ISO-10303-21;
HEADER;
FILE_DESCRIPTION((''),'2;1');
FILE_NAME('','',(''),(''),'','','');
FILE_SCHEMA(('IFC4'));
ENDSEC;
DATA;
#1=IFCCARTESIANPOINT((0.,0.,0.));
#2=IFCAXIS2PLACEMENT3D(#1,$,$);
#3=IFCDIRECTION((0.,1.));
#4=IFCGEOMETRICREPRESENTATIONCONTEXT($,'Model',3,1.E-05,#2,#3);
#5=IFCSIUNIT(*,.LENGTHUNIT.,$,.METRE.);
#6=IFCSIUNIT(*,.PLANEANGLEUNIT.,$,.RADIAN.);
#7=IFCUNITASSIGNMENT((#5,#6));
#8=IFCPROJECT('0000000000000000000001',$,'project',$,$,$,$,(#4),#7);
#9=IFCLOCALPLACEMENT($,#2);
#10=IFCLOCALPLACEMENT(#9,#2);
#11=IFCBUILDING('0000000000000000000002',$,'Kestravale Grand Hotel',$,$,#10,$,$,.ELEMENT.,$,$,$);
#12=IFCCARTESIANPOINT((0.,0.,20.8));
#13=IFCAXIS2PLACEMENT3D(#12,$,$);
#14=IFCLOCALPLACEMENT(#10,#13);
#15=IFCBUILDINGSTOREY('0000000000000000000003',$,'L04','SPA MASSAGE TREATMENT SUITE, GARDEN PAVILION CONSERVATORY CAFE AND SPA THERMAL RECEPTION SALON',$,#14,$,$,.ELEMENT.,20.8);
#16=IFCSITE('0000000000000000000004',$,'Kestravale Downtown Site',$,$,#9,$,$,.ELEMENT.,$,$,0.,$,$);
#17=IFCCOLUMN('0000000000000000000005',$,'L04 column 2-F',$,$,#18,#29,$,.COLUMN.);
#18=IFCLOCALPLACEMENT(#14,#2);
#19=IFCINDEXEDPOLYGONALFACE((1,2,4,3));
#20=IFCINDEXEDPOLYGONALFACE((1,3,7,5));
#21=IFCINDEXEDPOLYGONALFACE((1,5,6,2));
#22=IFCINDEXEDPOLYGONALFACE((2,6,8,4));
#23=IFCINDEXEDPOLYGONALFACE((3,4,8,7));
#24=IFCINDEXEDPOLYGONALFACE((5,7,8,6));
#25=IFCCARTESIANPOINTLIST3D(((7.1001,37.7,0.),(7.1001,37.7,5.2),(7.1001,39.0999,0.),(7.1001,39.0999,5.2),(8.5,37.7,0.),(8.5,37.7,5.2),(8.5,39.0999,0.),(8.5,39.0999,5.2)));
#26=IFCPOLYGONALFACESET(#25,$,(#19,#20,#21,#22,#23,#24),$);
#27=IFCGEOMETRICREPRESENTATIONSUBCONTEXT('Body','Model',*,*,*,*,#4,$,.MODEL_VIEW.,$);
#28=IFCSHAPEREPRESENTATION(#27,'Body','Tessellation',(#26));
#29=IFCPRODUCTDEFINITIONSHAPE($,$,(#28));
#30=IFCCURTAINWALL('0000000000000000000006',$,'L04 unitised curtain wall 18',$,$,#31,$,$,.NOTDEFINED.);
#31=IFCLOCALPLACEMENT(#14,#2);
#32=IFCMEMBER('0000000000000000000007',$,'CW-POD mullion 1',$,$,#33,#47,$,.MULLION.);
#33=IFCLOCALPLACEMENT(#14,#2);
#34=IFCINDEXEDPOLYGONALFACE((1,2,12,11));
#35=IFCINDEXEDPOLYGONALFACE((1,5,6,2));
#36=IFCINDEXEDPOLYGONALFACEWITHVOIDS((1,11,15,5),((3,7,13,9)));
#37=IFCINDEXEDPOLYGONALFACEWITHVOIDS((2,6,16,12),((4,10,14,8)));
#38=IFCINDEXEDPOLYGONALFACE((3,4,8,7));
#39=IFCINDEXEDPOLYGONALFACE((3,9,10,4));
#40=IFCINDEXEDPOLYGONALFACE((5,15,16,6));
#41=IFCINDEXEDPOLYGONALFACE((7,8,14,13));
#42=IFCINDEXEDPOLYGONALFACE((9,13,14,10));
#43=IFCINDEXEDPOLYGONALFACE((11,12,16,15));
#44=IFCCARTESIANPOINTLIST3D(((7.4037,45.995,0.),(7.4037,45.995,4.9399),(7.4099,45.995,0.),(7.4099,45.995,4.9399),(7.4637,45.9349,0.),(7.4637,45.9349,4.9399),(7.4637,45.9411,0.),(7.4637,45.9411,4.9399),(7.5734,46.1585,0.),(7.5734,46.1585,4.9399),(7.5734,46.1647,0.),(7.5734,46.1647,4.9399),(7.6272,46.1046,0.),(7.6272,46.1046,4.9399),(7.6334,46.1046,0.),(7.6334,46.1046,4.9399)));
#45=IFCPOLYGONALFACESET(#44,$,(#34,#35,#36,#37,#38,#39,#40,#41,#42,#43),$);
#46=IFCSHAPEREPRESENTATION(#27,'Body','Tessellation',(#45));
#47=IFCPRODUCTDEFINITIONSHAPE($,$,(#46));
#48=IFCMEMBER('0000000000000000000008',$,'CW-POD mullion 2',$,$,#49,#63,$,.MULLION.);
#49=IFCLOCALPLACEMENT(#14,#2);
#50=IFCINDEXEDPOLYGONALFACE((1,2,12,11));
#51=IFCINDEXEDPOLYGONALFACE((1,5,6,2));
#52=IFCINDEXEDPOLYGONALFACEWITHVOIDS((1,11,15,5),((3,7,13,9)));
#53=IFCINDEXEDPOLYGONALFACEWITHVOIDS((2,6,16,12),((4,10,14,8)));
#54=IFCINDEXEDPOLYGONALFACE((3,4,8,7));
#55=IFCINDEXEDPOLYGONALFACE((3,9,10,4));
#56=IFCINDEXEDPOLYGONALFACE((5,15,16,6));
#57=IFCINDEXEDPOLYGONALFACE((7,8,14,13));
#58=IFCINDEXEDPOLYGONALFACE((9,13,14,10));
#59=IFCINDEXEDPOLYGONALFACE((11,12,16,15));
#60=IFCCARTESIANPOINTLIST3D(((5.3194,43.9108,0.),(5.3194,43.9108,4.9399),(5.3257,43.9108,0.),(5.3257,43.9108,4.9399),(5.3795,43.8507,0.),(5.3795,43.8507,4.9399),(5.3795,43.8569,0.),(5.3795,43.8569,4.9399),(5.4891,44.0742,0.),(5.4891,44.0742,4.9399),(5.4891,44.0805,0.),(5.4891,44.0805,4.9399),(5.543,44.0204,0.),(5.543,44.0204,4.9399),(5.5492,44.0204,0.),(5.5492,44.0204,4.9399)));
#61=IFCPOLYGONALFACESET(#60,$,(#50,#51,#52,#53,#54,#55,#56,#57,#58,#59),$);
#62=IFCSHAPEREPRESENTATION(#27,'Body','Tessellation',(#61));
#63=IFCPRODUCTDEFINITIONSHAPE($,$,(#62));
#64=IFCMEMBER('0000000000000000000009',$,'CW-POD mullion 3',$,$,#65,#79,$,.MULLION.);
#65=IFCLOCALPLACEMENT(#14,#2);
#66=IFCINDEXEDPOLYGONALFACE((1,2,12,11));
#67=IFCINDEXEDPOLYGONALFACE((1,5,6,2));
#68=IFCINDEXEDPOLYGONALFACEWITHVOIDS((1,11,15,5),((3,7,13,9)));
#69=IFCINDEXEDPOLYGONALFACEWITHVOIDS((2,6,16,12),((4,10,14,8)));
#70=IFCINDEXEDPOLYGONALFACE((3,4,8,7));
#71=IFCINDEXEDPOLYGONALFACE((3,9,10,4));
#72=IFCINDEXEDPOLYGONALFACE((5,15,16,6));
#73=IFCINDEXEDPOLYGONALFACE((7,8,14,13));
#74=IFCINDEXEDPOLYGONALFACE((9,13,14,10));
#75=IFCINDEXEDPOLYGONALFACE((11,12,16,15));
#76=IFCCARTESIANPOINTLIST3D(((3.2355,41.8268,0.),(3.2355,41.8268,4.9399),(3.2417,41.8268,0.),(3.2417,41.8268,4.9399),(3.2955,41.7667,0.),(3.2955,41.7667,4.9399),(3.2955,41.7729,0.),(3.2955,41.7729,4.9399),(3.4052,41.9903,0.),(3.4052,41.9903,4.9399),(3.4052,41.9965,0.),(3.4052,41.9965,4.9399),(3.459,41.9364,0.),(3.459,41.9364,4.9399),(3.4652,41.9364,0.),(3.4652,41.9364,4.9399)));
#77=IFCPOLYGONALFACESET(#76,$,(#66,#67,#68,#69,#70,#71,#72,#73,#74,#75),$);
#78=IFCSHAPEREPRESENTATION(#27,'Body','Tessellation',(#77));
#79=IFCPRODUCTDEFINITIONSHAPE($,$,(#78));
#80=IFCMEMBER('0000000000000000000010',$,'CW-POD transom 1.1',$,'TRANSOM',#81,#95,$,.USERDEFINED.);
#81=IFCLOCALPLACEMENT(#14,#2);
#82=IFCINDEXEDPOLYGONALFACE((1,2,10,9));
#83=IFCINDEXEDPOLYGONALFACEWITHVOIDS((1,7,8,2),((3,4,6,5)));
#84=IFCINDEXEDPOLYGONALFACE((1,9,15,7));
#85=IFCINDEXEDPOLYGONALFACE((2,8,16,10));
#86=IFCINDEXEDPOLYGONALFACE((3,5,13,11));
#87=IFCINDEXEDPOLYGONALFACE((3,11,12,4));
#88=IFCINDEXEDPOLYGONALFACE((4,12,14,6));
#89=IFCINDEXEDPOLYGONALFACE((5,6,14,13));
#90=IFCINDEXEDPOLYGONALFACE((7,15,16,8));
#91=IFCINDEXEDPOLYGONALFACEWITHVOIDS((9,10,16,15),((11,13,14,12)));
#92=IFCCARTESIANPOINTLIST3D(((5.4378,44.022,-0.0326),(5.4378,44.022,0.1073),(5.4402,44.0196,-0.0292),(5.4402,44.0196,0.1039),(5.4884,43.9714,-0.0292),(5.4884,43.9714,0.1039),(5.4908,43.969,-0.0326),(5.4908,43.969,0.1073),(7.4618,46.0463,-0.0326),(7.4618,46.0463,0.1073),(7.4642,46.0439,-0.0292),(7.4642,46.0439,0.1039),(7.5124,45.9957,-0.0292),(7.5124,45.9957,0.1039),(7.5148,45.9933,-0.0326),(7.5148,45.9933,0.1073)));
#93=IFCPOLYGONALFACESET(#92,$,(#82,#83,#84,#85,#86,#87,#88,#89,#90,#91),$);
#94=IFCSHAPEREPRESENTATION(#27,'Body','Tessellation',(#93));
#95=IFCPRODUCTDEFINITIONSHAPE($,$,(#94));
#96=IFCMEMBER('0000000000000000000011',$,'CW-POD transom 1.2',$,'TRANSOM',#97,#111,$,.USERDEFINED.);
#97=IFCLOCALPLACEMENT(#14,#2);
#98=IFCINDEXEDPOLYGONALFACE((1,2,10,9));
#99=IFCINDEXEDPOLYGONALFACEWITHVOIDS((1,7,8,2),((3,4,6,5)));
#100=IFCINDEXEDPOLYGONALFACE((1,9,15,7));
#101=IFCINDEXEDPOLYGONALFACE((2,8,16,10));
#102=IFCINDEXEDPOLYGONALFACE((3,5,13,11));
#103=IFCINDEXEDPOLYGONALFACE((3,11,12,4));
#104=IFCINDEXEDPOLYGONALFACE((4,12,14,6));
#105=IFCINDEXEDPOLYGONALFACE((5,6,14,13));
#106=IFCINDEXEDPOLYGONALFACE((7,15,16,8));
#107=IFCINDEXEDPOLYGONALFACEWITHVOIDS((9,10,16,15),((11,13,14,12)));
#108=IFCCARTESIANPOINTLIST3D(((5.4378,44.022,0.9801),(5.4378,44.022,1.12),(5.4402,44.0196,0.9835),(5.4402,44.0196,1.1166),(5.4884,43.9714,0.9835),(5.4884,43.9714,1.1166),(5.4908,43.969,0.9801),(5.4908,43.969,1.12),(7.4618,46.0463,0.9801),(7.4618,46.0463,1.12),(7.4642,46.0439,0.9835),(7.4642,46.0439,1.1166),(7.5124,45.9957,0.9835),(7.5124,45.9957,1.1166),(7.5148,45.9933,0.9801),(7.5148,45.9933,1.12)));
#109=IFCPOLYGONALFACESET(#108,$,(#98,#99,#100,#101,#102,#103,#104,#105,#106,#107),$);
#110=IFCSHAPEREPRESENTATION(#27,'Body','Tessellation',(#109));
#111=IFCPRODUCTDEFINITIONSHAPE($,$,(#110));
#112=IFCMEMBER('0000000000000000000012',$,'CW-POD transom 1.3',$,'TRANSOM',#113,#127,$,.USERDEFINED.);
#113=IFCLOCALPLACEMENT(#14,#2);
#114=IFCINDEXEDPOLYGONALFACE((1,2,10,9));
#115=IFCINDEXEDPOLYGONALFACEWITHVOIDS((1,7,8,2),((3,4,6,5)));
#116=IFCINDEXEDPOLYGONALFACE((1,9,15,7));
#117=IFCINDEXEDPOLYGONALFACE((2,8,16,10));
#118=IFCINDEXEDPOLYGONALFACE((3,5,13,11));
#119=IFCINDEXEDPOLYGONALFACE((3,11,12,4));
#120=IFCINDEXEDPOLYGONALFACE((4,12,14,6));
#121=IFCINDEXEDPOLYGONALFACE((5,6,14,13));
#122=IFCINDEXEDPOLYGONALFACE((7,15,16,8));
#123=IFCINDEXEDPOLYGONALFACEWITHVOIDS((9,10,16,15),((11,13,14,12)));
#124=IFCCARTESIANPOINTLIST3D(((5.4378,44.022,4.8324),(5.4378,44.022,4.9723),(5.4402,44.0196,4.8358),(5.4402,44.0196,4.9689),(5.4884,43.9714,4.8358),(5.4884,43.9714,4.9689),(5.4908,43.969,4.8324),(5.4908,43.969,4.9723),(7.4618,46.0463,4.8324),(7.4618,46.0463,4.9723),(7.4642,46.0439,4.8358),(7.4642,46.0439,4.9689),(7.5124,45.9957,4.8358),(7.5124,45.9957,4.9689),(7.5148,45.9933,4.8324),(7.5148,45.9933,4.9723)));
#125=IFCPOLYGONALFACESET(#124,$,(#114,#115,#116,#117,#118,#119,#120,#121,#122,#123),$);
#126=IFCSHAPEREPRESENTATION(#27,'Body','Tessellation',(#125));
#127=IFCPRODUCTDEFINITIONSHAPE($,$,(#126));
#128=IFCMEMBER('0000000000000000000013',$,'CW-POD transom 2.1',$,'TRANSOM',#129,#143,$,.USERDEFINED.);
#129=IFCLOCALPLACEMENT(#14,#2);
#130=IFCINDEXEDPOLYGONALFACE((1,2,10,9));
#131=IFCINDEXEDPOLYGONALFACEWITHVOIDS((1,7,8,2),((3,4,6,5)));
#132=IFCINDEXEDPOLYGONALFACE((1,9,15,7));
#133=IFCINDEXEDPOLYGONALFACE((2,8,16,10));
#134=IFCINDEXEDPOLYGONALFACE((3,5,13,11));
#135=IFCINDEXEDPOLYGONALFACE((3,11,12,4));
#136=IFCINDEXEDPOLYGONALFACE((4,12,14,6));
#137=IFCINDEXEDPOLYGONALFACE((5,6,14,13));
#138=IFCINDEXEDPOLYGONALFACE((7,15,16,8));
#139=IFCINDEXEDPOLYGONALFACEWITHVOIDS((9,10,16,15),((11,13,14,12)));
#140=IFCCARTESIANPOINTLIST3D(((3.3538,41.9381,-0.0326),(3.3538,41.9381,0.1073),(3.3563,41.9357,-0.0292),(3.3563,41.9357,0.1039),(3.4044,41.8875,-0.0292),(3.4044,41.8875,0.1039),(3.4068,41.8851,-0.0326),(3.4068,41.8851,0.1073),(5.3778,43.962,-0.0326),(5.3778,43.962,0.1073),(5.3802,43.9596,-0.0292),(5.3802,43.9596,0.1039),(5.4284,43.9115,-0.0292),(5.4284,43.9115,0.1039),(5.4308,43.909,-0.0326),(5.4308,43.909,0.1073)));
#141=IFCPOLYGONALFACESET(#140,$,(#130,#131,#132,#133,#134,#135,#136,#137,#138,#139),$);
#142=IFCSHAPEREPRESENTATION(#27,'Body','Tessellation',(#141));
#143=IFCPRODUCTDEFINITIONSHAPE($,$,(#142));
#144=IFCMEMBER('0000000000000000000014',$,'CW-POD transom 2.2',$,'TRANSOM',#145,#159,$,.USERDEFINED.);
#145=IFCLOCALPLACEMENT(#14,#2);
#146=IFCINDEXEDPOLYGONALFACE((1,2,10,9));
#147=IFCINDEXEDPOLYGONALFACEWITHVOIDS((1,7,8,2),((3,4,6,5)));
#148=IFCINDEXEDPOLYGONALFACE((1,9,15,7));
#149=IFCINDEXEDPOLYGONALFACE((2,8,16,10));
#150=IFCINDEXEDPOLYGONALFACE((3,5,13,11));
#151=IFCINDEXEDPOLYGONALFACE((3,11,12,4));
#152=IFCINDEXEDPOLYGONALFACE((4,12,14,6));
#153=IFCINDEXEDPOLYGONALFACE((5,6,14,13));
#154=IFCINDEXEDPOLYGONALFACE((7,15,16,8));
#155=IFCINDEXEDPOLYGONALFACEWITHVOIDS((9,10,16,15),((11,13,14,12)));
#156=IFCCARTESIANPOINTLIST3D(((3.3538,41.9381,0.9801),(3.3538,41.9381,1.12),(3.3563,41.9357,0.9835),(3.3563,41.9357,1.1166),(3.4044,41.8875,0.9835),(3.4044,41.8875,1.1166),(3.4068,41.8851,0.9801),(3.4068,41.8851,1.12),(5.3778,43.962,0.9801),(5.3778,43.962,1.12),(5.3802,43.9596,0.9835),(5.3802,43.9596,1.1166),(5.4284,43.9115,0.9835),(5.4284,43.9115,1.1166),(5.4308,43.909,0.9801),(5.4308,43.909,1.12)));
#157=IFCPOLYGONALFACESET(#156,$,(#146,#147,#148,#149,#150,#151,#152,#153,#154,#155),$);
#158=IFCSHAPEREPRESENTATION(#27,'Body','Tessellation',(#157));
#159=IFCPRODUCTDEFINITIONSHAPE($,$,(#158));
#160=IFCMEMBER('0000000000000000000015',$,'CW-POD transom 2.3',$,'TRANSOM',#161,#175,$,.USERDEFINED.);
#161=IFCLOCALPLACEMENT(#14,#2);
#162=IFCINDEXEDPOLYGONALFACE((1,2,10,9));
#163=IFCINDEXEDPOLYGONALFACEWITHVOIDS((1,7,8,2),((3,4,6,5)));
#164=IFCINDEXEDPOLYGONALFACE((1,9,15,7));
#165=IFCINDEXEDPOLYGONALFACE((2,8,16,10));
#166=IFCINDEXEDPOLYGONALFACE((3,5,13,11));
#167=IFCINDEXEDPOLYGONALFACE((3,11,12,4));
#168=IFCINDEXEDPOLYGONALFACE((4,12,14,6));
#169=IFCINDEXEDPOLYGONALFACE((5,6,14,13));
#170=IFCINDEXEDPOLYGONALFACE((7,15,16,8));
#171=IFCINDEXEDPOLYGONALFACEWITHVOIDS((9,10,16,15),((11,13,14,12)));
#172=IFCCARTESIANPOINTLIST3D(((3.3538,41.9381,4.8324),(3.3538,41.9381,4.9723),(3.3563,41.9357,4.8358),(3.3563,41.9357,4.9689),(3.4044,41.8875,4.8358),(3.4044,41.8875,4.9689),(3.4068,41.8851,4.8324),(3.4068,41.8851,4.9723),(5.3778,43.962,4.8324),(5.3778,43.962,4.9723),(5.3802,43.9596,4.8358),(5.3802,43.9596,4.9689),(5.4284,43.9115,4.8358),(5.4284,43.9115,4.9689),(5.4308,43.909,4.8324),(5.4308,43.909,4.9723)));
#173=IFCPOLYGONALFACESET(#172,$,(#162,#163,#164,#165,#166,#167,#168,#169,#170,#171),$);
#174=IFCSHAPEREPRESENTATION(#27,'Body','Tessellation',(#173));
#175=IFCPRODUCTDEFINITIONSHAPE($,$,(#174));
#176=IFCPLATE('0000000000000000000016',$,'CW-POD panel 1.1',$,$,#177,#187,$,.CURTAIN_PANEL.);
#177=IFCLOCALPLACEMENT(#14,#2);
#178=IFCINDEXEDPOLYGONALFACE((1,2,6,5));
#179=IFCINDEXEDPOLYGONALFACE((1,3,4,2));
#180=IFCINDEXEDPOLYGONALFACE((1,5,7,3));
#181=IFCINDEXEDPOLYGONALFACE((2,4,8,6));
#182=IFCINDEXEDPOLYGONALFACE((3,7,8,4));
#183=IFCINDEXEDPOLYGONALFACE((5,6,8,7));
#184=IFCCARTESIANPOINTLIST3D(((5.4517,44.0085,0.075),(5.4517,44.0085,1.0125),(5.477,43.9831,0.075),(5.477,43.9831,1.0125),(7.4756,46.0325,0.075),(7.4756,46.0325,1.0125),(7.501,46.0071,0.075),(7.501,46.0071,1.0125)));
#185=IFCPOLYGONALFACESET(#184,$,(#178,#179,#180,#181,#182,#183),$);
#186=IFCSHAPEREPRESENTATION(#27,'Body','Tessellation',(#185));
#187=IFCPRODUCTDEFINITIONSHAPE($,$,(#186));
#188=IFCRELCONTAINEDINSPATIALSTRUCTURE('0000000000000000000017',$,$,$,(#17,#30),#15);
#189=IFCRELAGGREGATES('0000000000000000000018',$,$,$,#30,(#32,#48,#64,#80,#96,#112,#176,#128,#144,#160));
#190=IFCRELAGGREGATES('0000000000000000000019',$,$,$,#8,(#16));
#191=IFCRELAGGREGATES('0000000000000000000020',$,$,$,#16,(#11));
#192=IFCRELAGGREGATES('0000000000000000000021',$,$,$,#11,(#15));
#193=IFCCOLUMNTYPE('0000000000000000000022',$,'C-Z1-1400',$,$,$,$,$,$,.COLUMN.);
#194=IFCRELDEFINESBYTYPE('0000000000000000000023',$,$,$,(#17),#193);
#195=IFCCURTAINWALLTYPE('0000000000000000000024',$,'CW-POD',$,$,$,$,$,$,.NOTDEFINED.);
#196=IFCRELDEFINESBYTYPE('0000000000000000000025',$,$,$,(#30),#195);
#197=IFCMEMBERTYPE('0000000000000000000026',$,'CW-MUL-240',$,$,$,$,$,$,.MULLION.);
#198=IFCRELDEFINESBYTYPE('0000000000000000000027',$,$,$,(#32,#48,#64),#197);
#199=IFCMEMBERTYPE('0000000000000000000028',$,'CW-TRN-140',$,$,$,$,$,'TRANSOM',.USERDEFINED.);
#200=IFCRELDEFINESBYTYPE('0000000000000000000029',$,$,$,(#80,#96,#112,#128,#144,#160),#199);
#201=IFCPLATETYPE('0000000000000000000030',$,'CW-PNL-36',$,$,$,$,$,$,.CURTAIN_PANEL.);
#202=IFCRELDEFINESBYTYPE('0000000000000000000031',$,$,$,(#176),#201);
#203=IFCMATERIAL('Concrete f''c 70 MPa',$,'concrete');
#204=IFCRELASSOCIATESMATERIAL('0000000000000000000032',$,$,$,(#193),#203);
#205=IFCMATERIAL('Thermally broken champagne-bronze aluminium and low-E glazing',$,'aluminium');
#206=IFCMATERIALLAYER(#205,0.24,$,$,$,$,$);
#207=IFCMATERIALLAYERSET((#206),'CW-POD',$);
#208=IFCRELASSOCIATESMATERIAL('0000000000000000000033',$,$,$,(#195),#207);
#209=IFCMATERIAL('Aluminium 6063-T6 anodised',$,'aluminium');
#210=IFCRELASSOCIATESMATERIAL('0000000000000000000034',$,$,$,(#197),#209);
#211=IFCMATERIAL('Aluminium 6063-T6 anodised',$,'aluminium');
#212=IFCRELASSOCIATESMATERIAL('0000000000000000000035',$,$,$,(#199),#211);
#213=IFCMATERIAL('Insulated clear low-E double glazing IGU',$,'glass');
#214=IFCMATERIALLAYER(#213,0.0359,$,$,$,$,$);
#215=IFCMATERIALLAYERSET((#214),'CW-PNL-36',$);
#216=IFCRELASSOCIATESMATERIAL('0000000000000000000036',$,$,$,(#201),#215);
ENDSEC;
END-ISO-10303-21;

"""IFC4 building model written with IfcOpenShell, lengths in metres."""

from ifc_helpers import new_model, si_unit, direction, frame, origin, origin_2d, place, context, subcontext, project, spatial, rectangle, hollow_rectangle, extrude, material, layer, layer_set, material_profile, profile_set, type_object, element, aggregate, save


model = new_model("IFC4")

# Units and contexts
model_context = context("Model", 3, precision=1e-05, world=origin(), true_north=direction((0.0, 1.0)))
body_context = subcontext(model_context, "Body", "Model", "MODEL_VIEW")
ifc_project = project(units=[si_unit("LENGTHUNIT", "METRE"), si_unit("PLANEANGLEUNIT", "RADIAN")], contexts=[model_context])

# Site, building, storey
site_placement = place(None, origin())
site = spatial("IfcSite", under=ifc_project, at=site_placement, Name="Kestravale Downtown Site", CompositionType="ELEMENT", RefElevation=0.0)
building_placement = place(site_placement, origin())
building = spatial("IfcBuilding", under=site, at=building_placement, Name="Kestravale Grand Hotel", CompositionType="ELEMENT")
storey_placement = place(building_placement, frame((0.0, 0.0, 20.8)))
storey = spatial("IfcBuildingStorey", under=building, at=storey_placement, Name="L04", Description="SPA MASSAGE TREATMENT SUITE, GARDEN PAVILION CONSERVATORY CAFE AND SPA THERMAL RECEPTION SALON", CompositionType="ELEMENT", Elevation=20.8)

# Column
ifc_material_1 = material(Name="Concrete f'c 70 MPa", Category="concrete")
ifc_material_profile_1 = material_profile(ifc_material_1, rectangle(XDim=1.3999, YDim=1.3999, at=origin_2d()))
ifc_profile_set_1 = profile_set([ifc_material_profile_1], Name="Concrete f'c 70 MPa")
column_type = type_object("IfcColumnType", Name="C-Z1-1400", PredefinedType="COLUMN", material=ifc_profile_set_1)
column_placement = place(storey_placement, frame((7.8, 38.3999, 0.0), z_axis=(0.0, 0.0, 1.0), x_axis=(1.0, 0.0, 0.0)))
element("IfcColumn", 1, at=column_placement, inside=storey, type_object=column_type, Name="L04 column 2-F", PredefinedType="COLUMN", context=body_context, shape_type="SweptSolid", body=[
    extrude(rectangle(XDim=1.3999, YDim=1.3999, at=origin_2d()), origin(), (0.0, 0.0, 1.0), 5.2),
])

# Curtain wall, members, plate
ifc_material_2 = material(Name="Thermally broken champagne-bronze aluminium and low-E glazing", Category="aluminium")
ifc_layer_1 = layer(ifc_material_2, 0.24)
ifc_layer_set_1 = layer_set([ifc_layer_1], Name="CW-POD")
curtain_wall_type = type_object("IfcCurtainWallType", Name="CW-POD", PredefinedType="NOTDEFINED", material=ifc_layer_set_1)
curtain_wall_placement = place(storey_placement, origin())
curtain_wall = element("IfcCurtainWall", 2, at=curtain_wall_placement, inside=storey, type_object=curtain_wall_type, Name="L04 unitised curtain wall 18", PredefinedType="NOTDEFINED")
ifc_material_3 = material(Name="Aluminium 6063-T6 anodised", Category="aluminium")
ifc_material_profile_2 = material_profile(ifc_material_3, hollow_rectangle(XDim=0.085, YDim=0.24, WallThickness=0.0044, at=origin_2d()))
ifc_profile_set_2 = profile_set([ifc_material_profile_2], Name="Aluminium 6063-T6 anodised")
member_type_1 = type_object("IfcMemberType", Name="CW-MUL-240", PredefinedType="MULLION", material=ifc_profile_set_2)
member_1_placement = place(storey_placement, frame((7.5186, 46.0498, 0.0), z_axis=(0.0, 0.0, 1.0), x_axis=(0.707107, -0.707107, 0.0)))
member_1 = element("IfcMember", 3, at=member_1_placement, type_object=member_type_1, Name="CW-POD mullion 1", PredefinedType="MULLION", context=body_context, shape_type="SweptSolid", body=[
    extrude(hollow_rectangle(XDim=0.085, YDim=0.24, WallThickness=0.0044, at=origin_2d()), origin(), (0.0, 0.0, 1.0), 4.9399),
])
member_2_placement = place(storey_placement, frame((5.4343, 43.9656, 0.0), z_axis=(0.0, 0.0, 1.0), x_axis=(0.707107, -0.707107, 0.0)))
member_2 = element("IfcMember", 4, at=member_2_placement, type_object=member_type_1, Name="CW-POD mullion 2", PredefinedType="MULLION", context=body_context, shape_type="SweptSolid", body=[
    extrude(hollow_rectangle(XDim=0.085, YDim=0.24, WallThickness=0.0044, at=origin_2d()), origin(), (0.0, 0.0, 1.0), 4.9399),
])
member_3_placement = place(storey_placement, frame((3.3503, 41.8816, 0.0), z_axis=(0.0, 0.0, 1.0), x_axis=(0.707107, -0.707107, 0.0)))
member_3 = element("IfcMember", 5, at=member_3_placement, type_object=member_type_1, Name="CW-POD mullion 3", PredefinedType="MULLION", context=body_context, shape_type="SweptSolid", body=[
    extrude(hollow_rectangle(XDim=0.085, YDim=0.24, WallThickness=0.0044, at=origin_2d()), origin(), (0.0, 0.0, 1.0), 4.9399),
])
ifc_material_4 = material(Name="Aluminium 6063-T6 anodised", Category="aluminium")
ifc_material_profile_3 = material_profile(ifc_material_4, hollow_rectangle(XDim=0.075, YDim=0.1399, WallThickness=0.0034, at=origin_2d()))
ifc_profile_set_3 = profile_set([ifc_material_profile_3], Name="Aluminium 6063-T6 anodised")
member_type_2 = type_object("IfcMemberType", Name="CW-TRN-140", ElementType="TRANSOM", PredefinedType="USERDEFINED", material=ifc_profile_set_3)
member_4_placement = place(storey_placement, frame((7.4883, 46.0198, 0.0374), z_axis=(-0.707064, -0.707149, 0.0), x_axis=(0.707149, -0.707064, 0.0)))
member_4 = element("IfcMember", 6, at=member_4_placement, type_object=member_type_2, Name="CW-POD transom 1.1", ObjectType="TRANSOM", PredefinedType="USERDEFINED", context=body_context, shape_type="SweptSolid", body=[
    extrude(hollow_rectangle(XDim=0.075, YDim=0.1399, WallThickness=0.0034, at=origin_2d()), origin(), (0.0, 0.0, 1.0), 2.8625),
])
member_5_placement = place(storey_placement, frame((7.4883, 46.0198, 1.05), z_axis=(-0.707064, -0.707149, 0.0), x_axis=(0.707149, -0.707064, 0.0)))
member_5 = element("IfcMember", 7, at=member_5_placement, type_object=member_type_2, Name="CW-POD transom 1.2", ObjectType="TRANSOM", PredefinedType="USERDEFINED", context=body_context, shape_type="SweptSolid", body=[
    extrude(hollow_rectangle(XDim=0.075, YDim=0.1399, WallThickness=0.0034, at=origin_2d()), origin(), (0.0, 0.0, 1.0), 2.8625),
])
member_6_placement = place(storey_placement, frame((7.4883, 46.0198, 4.9023), z_axis=(-0.707064, -0.707149, 0.0), x_axis=(0.707149, -0.707064, 0.0)))
member_6 = element("IfcMember", 8, at=member_6_placement, type_object=member_type_2, Name="CW-POD transom 1.3", ObjectType="TRANSOM", PredefinedType="USERDEFINED", context=body_context, shape_type="SweptSolid", body=[
    extrude(hollow_rectangle(XDim=0.075, YDim=0.1399, WallThickness=0.0034, at=origin_2d()), origin(), (0.0, 0.0, 1.0), 2.8625),
])
member_7_placement = place(storey_placement, frame((5.4043, 43.9355, 0.0374), z_axis=(-0.707107, -0.707107, 0.0), x_axis=(0.707107, -0.707107, 0.0)))
member_7 = element("IfcMember", 9, at=member_7_placement, type_object=member_type_2, Name="CW-POD transom 2.1", ObjectType="TRANSOM", PredefinedType="USERDEFINED", context=body_context, shape_type="SweptSolid", body=[
    extrude(hollow_rectangle(XDim=0.075, YDim=0.1399, WallThickness=0.0034, at=origin_2d()), origin(), (0.0, 0.0, 1.0), 2.8623),
])
member_8_placement = place(storey_placement, frame((5.4043, 43.9355, 1.05), z_axis=(-0.707107, -0.707107, 0.0), x_axis=(0.707107, -0.707107, 0.0)))
member_8 = element("IfcMember", 10, at=member_8_placement, type_object=member_type_2, Name="CW-POD transom 2.2", ObjectType="TRANSOM", PredefinedType="USERDEFINED", context=body_context, shape_type="SweptSolid", body=[
    extrude(hollow_rectangle(XDim=0.075, YDim=0.1399, WallThickness=0.0034, at=origin_2d()), origin(), (0.0, 0.0, 1.0), 2.8623),
])
member_9_placement = place(storey_placement, frame((5.4043, 43.9355, 4.9023), z_axis=(-0.707107, -0.707107, 0.0), x_axis=(0.707107, -0.707107, 0.0)))
member_9 = element("IfcMember", 11, at=member_9_placement, type_object=member_type_2, Name="CW-POD transom 2.3", ObjectType="TRANSOM", PredefinedType="USERDEFINED", context=body_context, shape_type="SweptSolid", body=[
    extrude(hollow_rectangle(XDim=0.075, YDim=0.1399, WallThickness=0.0034, at=origin_2d()), origin(), (0.0, 0.0, 1.0), 2.8623),
])
ifc_material_5 = material(Name="Insulated clear low-E double glazing IGU", Category="glass")
ifc_layer_2 = layer(ifc_material_5, 0.0359)
ifc_layer_set_2 = layer_set([ifc_layer_2], Name="CW-PNL-36")
plate_type = type_object("IfcPlateType", Name="CW-PNL-36", PredefinedType="CURTAIN_PANEL", material=ifc_layer_set_2)
plate_1_placement = place(storey_placement, frame((6.4763, 45.0078, 0.075), z_axis=(0.0, 0.0, 1.0), x_axis=(-0.707107, -0.707107, 0.0)))
plate_1 = element("IfcPlate", 12, at=plate_1_placement, type_object=plate_type, Name="CW-POD panel 1.1", PredefinedType="CURTAIN_PANEL", context=body_context, shape_type="SweptSolid", body=[
    extrude(rectangle(XDim=2.8623, YDim=0.0359, at=origin_2d()), origin(), (0.0, 0.0, 1.0), 0.9375),
])
aggregate(curtain_wall, [member_1, member_2, member_3, member_4, member_5, member_6, plate_1, member_7, member_8, member_9])

save(model, "model.ifc")
